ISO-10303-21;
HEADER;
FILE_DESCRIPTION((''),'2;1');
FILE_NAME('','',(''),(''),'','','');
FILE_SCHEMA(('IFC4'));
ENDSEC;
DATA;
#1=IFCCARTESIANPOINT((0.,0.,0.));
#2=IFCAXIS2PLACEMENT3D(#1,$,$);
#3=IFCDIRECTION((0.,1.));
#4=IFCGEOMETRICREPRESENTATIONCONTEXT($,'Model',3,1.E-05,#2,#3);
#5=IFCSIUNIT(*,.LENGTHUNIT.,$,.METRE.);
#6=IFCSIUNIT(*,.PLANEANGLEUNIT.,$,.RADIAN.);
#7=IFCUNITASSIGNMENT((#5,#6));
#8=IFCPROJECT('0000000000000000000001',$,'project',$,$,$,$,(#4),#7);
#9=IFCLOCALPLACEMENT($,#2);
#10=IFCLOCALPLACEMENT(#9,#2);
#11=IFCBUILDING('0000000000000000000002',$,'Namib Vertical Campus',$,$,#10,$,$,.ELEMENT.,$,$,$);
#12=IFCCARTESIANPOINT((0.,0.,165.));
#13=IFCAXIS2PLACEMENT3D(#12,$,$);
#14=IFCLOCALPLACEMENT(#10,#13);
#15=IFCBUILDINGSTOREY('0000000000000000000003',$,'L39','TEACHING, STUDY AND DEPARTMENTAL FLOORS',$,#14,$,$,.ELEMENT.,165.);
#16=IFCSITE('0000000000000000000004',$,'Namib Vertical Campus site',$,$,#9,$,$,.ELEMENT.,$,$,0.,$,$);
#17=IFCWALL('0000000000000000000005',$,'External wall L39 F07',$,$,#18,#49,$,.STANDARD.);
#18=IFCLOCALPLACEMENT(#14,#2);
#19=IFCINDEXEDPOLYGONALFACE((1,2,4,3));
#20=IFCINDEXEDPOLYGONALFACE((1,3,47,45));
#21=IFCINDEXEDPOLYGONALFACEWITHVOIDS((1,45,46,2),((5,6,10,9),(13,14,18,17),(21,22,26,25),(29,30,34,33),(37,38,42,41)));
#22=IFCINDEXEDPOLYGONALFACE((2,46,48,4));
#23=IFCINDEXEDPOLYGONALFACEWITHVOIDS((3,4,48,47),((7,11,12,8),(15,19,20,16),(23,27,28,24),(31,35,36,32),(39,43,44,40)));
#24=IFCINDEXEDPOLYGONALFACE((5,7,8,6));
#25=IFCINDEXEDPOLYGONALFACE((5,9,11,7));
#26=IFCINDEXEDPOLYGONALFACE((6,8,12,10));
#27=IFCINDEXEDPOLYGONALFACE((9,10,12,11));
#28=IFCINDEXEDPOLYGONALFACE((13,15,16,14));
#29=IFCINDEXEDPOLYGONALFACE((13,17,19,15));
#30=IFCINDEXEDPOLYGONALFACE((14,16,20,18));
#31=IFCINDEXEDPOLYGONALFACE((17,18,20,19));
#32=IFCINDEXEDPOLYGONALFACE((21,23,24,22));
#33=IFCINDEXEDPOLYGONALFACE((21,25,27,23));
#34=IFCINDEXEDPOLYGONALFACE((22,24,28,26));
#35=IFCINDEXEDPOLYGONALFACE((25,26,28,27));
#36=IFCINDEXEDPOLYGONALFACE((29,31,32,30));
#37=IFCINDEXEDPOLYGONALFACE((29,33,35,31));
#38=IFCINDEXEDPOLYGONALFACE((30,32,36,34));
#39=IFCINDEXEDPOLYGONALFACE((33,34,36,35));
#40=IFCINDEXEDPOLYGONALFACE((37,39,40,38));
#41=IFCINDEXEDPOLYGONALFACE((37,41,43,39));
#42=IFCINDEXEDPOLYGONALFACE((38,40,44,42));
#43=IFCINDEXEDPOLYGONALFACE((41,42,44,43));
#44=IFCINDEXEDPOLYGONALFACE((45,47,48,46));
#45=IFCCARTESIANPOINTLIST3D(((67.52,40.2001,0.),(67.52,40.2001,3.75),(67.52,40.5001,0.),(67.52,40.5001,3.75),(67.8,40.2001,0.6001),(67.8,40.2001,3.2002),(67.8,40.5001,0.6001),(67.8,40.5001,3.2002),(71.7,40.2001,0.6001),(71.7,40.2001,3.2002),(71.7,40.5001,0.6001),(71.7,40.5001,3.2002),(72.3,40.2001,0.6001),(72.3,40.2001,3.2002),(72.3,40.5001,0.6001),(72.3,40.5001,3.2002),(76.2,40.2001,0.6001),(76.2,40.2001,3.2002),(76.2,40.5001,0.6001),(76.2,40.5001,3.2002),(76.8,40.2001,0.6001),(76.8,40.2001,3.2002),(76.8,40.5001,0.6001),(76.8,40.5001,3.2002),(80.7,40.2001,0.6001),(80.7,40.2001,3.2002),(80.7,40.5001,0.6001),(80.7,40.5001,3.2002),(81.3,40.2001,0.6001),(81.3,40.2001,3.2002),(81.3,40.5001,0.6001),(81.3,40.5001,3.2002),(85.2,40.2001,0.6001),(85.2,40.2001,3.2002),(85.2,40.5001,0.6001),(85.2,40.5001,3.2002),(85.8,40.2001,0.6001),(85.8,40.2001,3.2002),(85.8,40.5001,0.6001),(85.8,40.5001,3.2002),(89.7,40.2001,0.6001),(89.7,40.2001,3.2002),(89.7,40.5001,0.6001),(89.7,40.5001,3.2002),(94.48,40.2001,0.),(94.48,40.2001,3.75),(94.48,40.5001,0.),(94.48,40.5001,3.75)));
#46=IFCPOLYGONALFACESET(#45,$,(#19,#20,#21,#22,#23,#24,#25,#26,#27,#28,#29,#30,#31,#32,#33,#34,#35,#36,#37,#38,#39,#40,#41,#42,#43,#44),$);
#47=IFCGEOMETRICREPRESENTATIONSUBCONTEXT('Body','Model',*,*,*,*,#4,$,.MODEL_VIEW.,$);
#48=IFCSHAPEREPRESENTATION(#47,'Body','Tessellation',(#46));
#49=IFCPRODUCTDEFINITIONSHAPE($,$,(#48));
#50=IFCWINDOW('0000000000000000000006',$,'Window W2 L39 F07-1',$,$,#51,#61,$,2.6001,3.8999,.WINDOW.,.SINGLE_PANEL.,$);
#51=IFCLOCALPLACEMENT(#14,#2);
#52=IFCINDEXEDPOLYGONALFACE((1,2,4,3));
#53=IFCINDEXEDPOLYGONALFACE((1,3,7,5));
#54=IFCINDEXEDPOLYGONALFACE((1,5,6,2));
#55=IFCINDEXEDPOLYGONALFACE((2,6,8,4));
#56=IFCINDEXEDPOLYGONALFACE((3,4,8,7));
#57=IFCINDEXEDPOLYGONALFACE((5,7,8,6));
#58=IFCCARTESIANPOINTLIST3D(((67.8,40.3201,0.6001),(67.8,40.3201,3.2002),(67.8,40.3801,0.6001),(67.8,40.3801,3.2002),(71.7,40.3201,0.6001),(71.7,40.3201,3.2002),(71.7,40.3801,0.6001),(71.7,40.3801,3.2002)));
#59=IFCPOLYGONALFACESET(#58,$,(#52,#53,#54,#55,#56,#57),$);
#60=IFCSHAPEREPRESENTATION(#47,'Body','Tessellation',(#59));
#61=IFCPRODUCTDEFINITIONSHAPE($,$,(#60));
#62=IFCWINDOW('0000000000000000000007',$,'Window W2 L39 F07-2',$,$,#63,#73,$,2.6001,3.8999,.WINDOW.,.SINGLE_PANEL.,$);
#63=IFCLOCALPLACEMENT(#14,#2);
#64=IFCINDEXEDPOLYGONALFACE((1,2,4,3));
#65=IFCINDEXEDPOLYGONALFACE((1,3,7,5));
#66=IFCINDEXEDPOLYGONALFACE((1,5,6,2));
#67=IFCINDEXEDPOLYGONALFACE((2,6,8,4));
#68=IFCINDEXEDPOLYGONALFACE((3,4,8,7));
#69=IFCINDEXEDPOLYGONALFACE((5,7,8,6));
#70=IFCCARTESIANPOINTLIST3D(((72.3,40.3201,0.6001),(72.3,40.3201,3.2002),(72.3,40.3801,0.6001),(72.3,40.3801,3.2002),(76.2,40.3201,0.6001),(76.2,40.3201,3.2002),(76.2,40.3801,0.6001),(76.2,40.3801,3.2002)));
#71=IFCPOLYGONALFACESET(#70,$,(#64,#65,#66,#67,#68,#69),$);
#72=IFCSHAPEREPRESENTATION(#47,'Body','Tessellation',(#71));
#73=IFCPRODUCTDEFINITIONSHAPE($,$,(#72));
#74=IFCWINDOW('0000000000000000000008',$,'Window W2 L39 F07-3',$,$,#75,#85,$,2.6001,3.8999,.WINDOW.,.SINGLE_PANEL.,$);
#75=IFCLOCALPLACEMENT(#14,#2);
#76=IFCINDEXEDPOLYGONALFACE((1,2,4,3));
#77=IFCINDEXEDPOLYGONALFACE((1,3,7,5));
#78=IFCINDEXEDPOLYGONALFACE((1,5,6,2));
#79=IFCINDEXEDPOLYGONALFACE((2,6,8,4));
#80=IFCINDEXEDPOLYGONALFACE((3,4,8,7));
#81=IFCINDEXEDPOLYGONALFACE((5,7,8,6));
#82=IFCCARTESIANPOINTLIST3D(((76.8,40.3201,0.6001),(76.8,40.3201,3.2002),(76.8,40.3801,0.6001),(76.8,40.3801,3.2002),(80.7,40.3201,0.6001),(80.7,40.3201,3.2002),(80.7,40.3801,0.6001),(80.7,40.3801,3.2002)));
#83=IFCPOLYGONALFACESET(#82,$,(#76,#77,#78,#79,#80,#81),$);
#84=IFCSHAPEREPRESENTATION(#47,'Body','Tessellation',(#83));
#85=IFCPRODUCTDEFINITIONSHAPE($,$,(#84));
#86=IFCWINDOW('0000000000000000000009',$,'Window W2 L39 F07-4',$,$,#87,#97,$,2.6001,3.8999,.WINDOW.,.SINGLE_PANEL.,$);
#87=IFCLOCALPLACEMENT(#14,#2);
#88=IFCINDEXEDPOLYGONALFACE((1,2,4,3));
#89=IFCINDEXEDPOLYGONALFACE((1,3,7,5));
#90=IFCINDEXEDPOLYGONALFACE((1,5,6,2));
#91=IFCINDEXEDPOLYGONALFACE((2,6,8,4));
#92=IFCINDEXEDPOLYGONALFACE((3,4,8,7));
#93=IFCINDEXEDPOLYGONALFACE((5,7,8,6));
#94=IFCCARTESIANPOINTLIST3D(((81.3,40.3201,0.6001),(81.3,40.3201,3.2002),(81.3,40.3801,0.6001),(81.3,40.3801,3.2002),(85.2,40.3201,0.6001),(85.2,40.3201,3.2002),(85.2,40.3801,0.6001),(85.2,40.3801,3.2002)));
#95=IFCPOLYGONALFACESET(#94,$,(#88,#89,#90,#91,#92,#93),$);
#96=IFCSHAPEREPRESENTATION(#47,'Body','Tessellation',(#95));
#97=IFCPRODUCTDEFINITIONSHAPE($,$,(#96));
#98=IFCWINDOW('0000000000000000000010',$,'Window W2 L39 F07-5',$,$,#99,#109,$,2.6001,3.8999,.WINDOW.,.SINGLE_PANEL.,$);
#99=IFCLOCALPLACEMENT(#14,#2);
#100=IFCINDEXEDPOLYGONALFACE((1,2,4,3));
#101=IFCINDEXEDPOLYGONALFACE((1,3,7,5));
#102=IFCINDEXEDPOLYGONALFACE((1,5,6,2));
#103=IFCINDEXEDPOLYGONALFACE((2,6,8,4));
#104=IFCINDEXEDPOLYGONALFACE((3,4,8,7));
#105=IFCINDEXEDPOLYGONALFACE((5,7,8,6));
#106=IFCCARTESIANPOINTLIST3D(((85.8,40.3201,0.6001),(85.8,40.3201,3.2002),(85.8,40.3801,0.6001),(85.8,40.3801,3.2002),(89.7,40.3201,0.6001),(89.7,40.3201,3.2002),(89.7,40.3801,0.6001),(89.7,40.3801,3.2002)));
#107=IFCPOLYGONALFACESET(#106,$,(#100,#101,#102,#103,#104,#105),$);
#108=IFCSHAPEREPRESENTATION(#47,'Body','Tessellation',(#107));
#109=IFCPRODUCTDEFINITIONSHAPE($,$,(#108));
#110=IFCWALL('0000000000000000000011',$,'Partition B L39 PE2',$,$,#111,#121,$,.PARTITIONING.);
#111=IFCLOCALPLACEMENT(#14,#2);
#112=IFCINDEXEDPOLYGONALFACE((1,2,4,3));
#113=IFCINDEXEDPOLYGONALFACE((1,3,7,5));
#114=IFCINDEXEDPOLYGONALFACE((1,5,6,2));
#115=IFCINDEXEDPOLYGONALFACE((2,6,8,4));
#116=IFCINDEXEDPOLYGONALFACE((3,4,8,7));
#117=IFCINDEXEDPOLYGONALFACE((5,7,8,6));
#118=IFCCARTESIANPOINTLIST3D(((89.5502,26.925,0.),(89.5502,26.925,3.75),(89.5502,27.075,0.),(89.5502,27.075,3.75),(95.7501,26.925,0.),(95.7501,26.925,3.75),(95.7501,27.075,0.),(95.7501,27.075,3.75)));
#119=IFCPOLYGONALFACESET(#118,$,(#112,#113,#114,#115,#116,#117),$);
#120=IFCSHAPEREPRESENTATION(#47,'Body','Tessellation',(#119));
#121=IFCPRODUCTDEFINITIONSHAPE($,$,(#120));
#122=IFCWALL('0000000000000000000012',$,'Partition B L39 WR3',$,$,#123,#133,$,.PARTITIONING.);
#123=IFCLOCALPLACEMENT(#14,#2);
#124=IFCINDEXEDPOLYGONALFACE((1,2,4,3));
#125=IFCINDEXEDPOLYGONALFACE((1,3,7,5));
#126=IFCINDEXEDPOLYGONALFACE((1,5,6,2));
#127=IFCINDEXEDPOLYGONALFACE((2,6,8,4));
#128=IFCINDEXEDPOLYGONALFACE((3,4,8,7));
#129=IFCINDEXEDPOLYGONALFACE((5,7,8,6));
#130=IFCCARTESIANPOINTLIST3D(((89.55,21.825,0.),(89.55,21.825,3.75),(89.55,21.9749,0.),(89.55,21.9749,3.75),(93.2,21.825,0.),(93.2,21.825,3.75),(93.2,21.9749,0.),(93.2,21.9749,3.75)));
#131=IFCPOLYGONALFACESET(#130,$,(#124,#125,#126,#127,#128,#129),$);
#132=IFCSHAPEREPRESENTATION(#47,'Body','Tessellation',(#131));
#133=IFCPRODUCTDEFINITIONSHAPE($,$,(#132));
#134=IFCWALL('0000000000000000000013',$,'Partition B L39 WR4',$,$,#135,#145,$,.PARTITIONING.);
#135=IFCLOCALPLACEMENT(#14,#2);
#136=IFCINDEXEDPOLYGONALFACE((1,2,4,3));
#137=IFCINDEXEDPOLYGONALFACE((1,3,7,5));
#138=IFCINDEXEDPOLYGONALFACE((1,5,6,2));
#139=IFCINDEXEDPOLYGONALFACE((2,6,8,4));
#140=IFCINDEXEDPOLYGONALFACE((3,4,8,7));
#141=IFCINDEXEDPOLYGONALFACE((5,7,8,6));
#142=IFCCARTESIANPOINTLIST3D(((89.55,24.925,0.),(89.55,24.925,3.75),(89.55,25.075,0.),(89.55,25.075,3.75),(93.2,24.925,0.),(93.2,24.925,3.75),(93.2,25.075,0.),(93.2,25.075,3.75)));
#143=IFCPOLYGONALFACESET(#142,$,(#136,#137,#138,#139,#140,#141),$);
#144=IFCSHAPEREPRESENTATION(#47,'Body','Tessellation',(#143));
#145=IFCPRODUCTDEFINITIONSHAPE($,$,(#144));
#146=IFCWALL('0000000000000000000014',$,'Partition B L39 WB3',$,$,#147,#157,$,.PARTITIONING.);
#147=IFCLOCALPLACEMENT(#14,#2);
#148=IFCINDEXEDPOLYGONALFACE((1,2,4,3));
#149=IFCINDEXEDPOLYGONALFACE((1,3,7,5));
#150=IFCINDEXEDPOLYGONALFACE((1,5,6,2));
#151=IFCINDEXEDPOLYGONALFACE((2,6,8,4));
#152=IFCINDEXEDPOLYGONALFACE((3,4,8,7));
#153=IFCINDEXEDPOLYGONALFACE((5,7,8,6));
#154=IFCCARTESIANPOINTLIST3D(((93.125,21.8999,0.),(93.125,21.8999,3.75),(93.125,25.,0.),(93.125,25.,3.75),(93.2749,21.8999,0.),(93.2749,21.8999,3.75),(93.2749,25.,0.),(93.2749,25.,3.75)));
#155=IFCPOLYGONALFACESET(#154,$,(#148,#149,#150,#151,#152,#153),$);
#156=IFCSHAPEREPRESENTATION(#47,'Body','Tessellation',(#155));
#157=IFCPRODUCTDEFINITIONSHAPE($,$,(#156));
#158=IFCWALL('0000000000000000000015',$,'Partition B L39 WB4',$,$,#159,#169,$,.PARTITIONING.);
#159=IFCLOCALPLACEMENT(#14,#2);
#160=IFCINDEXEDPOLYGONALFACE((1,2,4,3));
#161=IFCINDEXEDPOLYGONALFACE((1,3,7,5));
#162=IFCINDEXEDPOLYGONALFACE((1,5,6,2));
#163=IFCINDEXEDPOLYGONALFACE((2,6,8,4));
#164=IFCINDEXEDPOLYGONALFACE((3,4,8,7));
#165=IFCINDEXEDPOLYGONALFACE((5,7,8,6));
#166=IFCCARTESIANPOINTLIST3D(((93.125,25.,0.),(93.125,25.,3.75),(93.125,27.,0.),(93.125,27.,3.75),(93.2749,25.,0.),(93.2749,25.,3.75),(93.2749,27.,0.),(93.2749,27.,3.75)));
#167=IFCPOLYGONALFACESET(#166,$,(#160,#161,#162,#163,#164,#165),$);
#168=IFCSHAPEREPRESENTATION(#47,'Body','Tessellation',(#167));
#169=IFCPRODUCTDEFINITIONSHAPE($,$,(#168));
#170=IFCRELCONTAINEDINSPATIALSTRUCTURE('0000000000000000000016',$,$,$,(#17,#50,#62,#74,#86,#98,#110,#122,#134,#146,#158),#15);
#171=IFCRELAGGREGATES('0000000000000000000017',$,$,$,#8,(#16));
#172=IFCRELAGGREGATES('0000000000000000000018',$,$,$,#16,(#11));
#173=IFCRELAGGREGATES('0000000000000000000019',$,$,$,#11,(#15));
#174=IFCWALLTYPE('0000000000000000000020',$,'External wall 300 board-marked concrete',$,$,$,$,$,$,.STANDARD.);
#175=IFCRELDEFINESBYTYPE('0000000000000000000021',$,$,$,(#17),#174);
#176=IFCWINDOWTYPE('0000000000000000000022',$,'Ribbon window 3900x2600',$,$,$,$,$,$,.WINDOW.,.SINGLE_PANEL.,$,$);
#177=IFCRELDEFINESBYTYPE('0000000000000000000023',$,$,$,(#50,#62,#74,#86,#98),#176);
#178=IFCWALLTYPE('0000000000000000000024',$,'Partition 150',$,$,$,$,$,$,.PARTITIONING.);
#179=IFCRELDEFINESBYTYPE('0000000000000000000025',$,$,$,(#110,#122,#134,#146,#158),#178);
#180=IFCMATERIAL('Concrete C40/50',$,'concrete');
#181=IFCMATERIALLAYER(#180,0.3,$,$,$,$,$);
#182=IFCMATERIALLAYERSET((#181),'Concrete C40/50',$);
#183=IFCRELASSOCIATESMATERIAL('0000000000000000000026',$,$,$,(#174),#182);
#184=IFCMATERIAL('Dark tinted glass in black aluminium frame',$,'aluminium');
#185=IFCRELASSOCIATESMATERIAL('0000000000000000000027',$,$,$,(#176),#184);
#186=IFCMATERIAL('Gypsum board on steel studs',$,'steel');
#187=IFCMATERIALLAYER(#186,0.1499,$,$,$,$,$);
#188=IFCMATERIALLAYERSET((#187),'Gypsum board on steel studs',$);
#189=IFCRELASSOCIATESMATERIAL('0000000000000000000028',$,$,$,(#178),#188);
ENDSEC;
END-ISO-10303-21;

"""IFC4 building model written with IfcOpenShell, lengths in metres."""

from ifc_helpers import new_model, si_unit, direction, frame, frame_2d, origin, place, context, subcontext, project, spatial, rectangle, extrude, material, layer, layer_set, type_object, element, fill, save


model = new_model("IFC4")

# Units and contexts
model_context = context("Model", 3, precision=1e-05, world=origin(), true_north=direction((0.0, 1.0)))
body_context = subcontext(model_context, "Body", "Model", "MODEL_VIEW")
ifc_project = project(units=[si_unit("LENGTHUNIT", "METRE"), si_unit("PLANEANGLEUNIT", "RADIAN")], contexts=[model_context])

# Site, building, storey
site_placement = place(None, origin())
site = spatial("IfcSite", under=ifc_project, at=site_placement, Name="Namib Vertical Campus site", CompositionType="ELEMENT", RefElevation=0.0)
building_placement = place(site_placement, origin())
building = spatial("IfcBuilding", under=site, at=building_placement, Name="Namib Vertical Campus", CompositionType="ELEMENT")
storey_placement = place(building_placement, frame((0.0, 0.0, 165.0)))
storey = spatial("IfcBuildingStorey", under=building, at=storey_placement, Name="L39", Description="TEACHING, STUDY AND DEPARTMENTAL FLOORS", CompositionType="ELEMENT", Elevation=165.0)

# Shared definitions
ifc_material_1 = material(Name="Concrete C40/50", Category="concrete")
ifc_layer_1 = layer(ifc_material_1, 0.3)
ifc_layer_set_1 = layer_set([ifc_layer_1], Name="Concrete C40/50")
wall_type_1 = type_object("IfcWallType", Name="External wall 300 board-marked concrete", PredefinedType="STANDARD", material=ifc_layer_set_1)

# Wall, openings, windows
wall_1_placement = place(storey_placement, frame((94.48, 40.3501, 0.0), z_axis=(0.0, 0.0, 1.0), x_axis=(-1.0, 0.0, 0.0)))
wall_1 = element("IfcWall", 1, at=wall_1_placement, inside=storey, type_object=wall_type_1, Name="External wall L39 F07", PredefinedType="STANDARD", context=body_context, shape_type="SweptSolid", body=[
    extrude(rectangle(XDim=26.96, YDim=0.3, at=frame_2d((13.48, 0.0))), origin(), (0.0, 0.0, 1.0), 3.75),
])
opening_1_placement = place(wall_1_placement, frame((22.78, 0.0, 0.6001)))
opening_1 = element("IfcOpeningElement", 2, at=opening_1_placement, cuts=wall_1, PredefinedType="OPENING", context=body_context, shape_type="SweptSolid", body=[
    extrude(rectangle(XDim=3.8999, YDim=2.6001, at=frame_2d((1.95, 1.3))), frame((0.0, 0.1599, 0.0), z_axis=(0.0, -1.0, 0.0), x_axis=(1.0, 0.0, 0.0)), (0.0, 0.0, 1.0), 0.3201),
])
opening_2_placement = place(wall_1_placement, frame((18.28, 0.0, 0.6001)))
opening_2 = element("IfcOpeningElement", 3, at=opening_2_placement, cuts=wall_1, PredefinedType="OPENING", context=body_context, shape_type="SweptSolid", body=[
    extrude(rectangle(XDim=3.8999, YDim=2.6001, at=frame_2d((1.95, 1.3))), frame((0.0, 0.1599, 0.0), z_axis=(0.0, -1.0, 0.0), x_axis=(1.0, 0.0, 0.0)), (0.0, 0.0, 1.0), 0.3201),
])
opening_3_placement = place(wall_1_placement, frame((13.78, 0.0, 0.6001)))
opening_3 = element("IfcOpeningElement", 4, at=opening_3_placement, cuts=wall_1, PredefinedType="OPENING", context=body_context, shape_type="SweptSolid", body=[
    extrude(rectangle(XDim=3.8999, YDim=2.6001, at=frame_2d((1.95, 1.3))), frame((0.0, 0.1599, 0.0), z_axis=(0.0, -1.0, 0.0), x_axis=(1.0, 0.0, 0.0)), (0.0, 0.0, 1.0), 0.3201),
])
opening_4_placement = place(wall_1_placement, frame((9.28, 0.0, 0.6001)))
opening_4 = element("IfcOpeningElement", 5, at=opening_4_placement, cuts=wall_1, PredefinedType="OPENING", context=body_context, shape_type="SweptSolid", body=[
    extrude(rectangle(XDim=3.8999, YDim=2.6001, at=frame_2d((1.95, 1.3))), frame((0.0, 0.1599, 0.0), z_axis=(0.0, -1.0, 0.0), x_axis=(1.0, 0.0, 0.0)), (0.0, 0.0, 1.0), 0.3201),
])
opening_5_placement = place(wall_1_placement, frame((4.78, 0.0, 0.6001)))
opening_5 = element("IfcOpeningElement", 6, at=opening_5_placement, cuts=wall_1, PredefinedType="OPENING", context=body_context, shape_type="SweptSolid", body=[
    extrude(rectangle(XDim=3.8999, YDim=2.6001, at=frame_2d((1.95, 1.3))), frame((0.0, 0.1599, 0.0), z_axis=(0.0, -1.0, 0.0), x_axis=(1.0, 0.0, 0.0)), (0.0, 0.0, 1.0), 0.3201),
])
ifc_material_2 = material(Name="Dark tinted glass in black aluminium frame", Category="aluminium")
window_type = type_object("IfcWindowType", Name="Ribbon window 3900x2600", PartitioningType="SINGLE_PANEL", PredefinedType="WINDOW", material=ifc_material_2)
window_1_placement = place(opening_1_placement, origin())
window_1 = element("IfcWindow", 7, at=window_1_placement, inside=storey, type_object=window_type, Name="Window W2 L39 F07-1", OverallHeight=2.6001, OverallWidth=3.8999, PartitioningType="SINGLE_PANEL", PredefinedType="WINDOW", context=body_context, shape_type="SweptSolid", body=[
    extrude(rectangle(XDim=3.8999, YDim=2.6001, at=frame_2d((1.95, 1.3))), frame((0.0, 0.03, 0.0), z_axis=(0.0, -1.0, 0.0), x_axis=(1.0, 0.0, 0.0)), (0.0, 0.0, 1.0), 0.0601),
])
fill(opening_1, window_1)
window_2_placement = place(opening_2_placement, origin())
window_2 = element("IfcWindow", 8, at=window_2_placement, inside=storey, type_object=window_type, Name="Window W2 L39 F07-2", OverallHeight=2.6001, OverallWidth=3.8999, PartitioningType="SINGLE_PANEL", PredefinedType="WINDOW", context=body_context, shape_type="SweptSolid", body=[
    extrude(rectangle(XDim=3.8999, YDim=2.6001, at=frame_2d((1.95, 1.3))), frame((0.0, 0.03, 0.0), z_axis=(0.0, -1.0, 0.0), x_axis=(1.0, 0.0, 0.0)), (0.0, 0.0, 1.0), 0.0601),
])
fill(opening_2, window_2)
window_3_placement = place(opening_3_placement, origin())
window_3 = element("IfcWindow", 9, at=window_3_placement, inside=storey, type_object=window_type, Name="Window W2 L39 F07-3", OverallHeight=2.6001, OverallWidth=3.8999, PartitioningType="SINGLE_PANEL", PredefinedType="WINDOW", context=body_context, shape_type="SweptSolid", body=[
    extrude(rectangle(XDim=3.8999, YDim=2.6001, at=frame_2d((1.95, 1.3))), frame((0.0, 0.03, 0.0), z_axis=(0.0, -1.0, 0.0), x_axis=(1.0, 0.0, 0.0)), (0.0, 0.0, 1.0), 0.0601),
])
fill(opening_3, window_3)
window_4_placement = place(opening_4_placement, origin())
window_4 = element("IfcWindow", 10, at=window_4_placement, inside=storey, type_object=window_type, Name="Window W2 L39 F07-4", OverallHeight=2.6001, OverallWidth=3.8999, PartitioningType="SINGLE_PANEL", PredefinedType="WINDOW", context=body_context, shape_type="SweptSolid", body=[
    extrude(rectangle(XDim=3.8999, YDim=2.6001, at=frame_2d((1.95, 1.3))), frame((0.0, 0.03, 0.0), z_axis=(0.0, -1.0, 0.0), x_axis=(1.0, 0.0, 0.0)), (0.0, 0.0, 1.0), 0.0601),
])
fill(opening_4, window_4)
window_5_placement = place(opening_5_placement, origin())
window_5 = element("IfcWindow", 11, at=window_5_placement, inside=storey, type_object=window_type, Name="Window W2 L39 F07-5", OverallHeight=2.6001, OverallWidth=3.8999, PartitioningType="SINGLE_PANEL", PredefinedType="WINDOW", context=body_context, shape_type="SweptSolid", body=[
    extrude(rectangle(XDim=3.8999, YDim=2.6001, at=frame_2d((1.95, 1.3))), frame((0.0, 0.03, 0.0), z_axis=(0.0, -1.0, 0.0), x_axis=(1.0, 0.0, 0.0)), (0.0, 0.0, 1.0), 0.0601),
])
fill(opening_5, window_5)

# Walls
ifc_material_3 = material(Name="Gypsum board on steel studs", Category="steel")
ifc_layer_2 = layer(ifc_material_3, 0.1499)
ifc_layer_set_2 = layer_set([ifc_layer_2], Name="Gypsum board on steel studs")
wall_type_2 = type_object("IfcWallType", Name="Partition 150", PredefinedType="PARTITIONING", material=ifc_layer_set_2)
wall_2_placement = place(storey_placement, frame((89.55, 27.0, 0.0), z_axis=(0.0, 0.0, 1.0), x_axis=(1.0, 0.0, 0.0)))
element("IfcWall", 12, at=wall_2_placement, inside=storey, type_object=wall_type_2, Name="Partition B L39 PE2", PredefinedType="PARTITIONING", context=body_context, shape_type="SweptSolid", body=[
    extrude(rectangle(XDim=6.2, YDim=0.1499, at=frame_2d((3.1001, 0.0))), origin(), (0.0, 0.0, 1.0), 3.75),
])
for number, where, z_axis, x_axis, name in (
    (13, (89.55, 21.8999, 0.0), (0.0, 0.0, 1.0), (1.0, 0.0, 0.0), "Partition B L39 WR3"),
    (14, (89.55, 25.0, 0.0), (0.0, 0.0, 1.0), (1.0, 0.0, 0.0), "Partition B L39 WR4"),
):
    element("IfcWall", number, at=place(storey_placement, frame(where, z_axis=z_axis, x_axis=x_axis)), inside=storey, type_object=wall_type_2, Name=name, PredefinedType="PARTITIONING", context=body_context, shape_type="SweptSolid", body=[
        extrude(rectangle(XDim=3.6499, YDim=0.1499, at=frame_2d((1.825, 0.0))), origin(), (0.0, 0.0, 1.0), 3.75),
    ])
wall_3_placement = place(storey_placement, frame((93.2, 21.8999, 0.0), z_axis=(0.0, 0.0, 1.0), x_axis=(0.0, 1.0, 0.0)))
element("IfcWall", 15, at=wall_3_placement, inside=storey, type_object=wall_type_2, Name="Partition B L39 WB3", PredefinedType="PARTITIONING", context=body_context, shape_type="SweptSolid", body=[
    extrude(rectangle(XDim=3.1001, YDim=0.1499, at=frame_2d((1.55, 0.0))), origin(), (0.0, 0.0, 1.0), 3.75),
])
wall_4_placement = place(storey_placement, frame((93.2, 25.0, 0.0), z_axis=(0.0, 0.0, 1.0), x_axis=(0.0, 1.0, 0.0)))
element("IfcWall", 16, at=wall_4_placement, inside=storey, type_object=wall_type_2, Name="Partition B L39 WB4", PredefinedType="PARTITIONING", context=body_context, shape_type="SweptSolid", body=[
    extrude(rectangle(XDim=2.0, YDim=0.1499, at=frame_2d((1.0, 0.0))), origin(), (0.0, 0.0, 1.0), 3.75),
])

save(model, "model.ifc")
